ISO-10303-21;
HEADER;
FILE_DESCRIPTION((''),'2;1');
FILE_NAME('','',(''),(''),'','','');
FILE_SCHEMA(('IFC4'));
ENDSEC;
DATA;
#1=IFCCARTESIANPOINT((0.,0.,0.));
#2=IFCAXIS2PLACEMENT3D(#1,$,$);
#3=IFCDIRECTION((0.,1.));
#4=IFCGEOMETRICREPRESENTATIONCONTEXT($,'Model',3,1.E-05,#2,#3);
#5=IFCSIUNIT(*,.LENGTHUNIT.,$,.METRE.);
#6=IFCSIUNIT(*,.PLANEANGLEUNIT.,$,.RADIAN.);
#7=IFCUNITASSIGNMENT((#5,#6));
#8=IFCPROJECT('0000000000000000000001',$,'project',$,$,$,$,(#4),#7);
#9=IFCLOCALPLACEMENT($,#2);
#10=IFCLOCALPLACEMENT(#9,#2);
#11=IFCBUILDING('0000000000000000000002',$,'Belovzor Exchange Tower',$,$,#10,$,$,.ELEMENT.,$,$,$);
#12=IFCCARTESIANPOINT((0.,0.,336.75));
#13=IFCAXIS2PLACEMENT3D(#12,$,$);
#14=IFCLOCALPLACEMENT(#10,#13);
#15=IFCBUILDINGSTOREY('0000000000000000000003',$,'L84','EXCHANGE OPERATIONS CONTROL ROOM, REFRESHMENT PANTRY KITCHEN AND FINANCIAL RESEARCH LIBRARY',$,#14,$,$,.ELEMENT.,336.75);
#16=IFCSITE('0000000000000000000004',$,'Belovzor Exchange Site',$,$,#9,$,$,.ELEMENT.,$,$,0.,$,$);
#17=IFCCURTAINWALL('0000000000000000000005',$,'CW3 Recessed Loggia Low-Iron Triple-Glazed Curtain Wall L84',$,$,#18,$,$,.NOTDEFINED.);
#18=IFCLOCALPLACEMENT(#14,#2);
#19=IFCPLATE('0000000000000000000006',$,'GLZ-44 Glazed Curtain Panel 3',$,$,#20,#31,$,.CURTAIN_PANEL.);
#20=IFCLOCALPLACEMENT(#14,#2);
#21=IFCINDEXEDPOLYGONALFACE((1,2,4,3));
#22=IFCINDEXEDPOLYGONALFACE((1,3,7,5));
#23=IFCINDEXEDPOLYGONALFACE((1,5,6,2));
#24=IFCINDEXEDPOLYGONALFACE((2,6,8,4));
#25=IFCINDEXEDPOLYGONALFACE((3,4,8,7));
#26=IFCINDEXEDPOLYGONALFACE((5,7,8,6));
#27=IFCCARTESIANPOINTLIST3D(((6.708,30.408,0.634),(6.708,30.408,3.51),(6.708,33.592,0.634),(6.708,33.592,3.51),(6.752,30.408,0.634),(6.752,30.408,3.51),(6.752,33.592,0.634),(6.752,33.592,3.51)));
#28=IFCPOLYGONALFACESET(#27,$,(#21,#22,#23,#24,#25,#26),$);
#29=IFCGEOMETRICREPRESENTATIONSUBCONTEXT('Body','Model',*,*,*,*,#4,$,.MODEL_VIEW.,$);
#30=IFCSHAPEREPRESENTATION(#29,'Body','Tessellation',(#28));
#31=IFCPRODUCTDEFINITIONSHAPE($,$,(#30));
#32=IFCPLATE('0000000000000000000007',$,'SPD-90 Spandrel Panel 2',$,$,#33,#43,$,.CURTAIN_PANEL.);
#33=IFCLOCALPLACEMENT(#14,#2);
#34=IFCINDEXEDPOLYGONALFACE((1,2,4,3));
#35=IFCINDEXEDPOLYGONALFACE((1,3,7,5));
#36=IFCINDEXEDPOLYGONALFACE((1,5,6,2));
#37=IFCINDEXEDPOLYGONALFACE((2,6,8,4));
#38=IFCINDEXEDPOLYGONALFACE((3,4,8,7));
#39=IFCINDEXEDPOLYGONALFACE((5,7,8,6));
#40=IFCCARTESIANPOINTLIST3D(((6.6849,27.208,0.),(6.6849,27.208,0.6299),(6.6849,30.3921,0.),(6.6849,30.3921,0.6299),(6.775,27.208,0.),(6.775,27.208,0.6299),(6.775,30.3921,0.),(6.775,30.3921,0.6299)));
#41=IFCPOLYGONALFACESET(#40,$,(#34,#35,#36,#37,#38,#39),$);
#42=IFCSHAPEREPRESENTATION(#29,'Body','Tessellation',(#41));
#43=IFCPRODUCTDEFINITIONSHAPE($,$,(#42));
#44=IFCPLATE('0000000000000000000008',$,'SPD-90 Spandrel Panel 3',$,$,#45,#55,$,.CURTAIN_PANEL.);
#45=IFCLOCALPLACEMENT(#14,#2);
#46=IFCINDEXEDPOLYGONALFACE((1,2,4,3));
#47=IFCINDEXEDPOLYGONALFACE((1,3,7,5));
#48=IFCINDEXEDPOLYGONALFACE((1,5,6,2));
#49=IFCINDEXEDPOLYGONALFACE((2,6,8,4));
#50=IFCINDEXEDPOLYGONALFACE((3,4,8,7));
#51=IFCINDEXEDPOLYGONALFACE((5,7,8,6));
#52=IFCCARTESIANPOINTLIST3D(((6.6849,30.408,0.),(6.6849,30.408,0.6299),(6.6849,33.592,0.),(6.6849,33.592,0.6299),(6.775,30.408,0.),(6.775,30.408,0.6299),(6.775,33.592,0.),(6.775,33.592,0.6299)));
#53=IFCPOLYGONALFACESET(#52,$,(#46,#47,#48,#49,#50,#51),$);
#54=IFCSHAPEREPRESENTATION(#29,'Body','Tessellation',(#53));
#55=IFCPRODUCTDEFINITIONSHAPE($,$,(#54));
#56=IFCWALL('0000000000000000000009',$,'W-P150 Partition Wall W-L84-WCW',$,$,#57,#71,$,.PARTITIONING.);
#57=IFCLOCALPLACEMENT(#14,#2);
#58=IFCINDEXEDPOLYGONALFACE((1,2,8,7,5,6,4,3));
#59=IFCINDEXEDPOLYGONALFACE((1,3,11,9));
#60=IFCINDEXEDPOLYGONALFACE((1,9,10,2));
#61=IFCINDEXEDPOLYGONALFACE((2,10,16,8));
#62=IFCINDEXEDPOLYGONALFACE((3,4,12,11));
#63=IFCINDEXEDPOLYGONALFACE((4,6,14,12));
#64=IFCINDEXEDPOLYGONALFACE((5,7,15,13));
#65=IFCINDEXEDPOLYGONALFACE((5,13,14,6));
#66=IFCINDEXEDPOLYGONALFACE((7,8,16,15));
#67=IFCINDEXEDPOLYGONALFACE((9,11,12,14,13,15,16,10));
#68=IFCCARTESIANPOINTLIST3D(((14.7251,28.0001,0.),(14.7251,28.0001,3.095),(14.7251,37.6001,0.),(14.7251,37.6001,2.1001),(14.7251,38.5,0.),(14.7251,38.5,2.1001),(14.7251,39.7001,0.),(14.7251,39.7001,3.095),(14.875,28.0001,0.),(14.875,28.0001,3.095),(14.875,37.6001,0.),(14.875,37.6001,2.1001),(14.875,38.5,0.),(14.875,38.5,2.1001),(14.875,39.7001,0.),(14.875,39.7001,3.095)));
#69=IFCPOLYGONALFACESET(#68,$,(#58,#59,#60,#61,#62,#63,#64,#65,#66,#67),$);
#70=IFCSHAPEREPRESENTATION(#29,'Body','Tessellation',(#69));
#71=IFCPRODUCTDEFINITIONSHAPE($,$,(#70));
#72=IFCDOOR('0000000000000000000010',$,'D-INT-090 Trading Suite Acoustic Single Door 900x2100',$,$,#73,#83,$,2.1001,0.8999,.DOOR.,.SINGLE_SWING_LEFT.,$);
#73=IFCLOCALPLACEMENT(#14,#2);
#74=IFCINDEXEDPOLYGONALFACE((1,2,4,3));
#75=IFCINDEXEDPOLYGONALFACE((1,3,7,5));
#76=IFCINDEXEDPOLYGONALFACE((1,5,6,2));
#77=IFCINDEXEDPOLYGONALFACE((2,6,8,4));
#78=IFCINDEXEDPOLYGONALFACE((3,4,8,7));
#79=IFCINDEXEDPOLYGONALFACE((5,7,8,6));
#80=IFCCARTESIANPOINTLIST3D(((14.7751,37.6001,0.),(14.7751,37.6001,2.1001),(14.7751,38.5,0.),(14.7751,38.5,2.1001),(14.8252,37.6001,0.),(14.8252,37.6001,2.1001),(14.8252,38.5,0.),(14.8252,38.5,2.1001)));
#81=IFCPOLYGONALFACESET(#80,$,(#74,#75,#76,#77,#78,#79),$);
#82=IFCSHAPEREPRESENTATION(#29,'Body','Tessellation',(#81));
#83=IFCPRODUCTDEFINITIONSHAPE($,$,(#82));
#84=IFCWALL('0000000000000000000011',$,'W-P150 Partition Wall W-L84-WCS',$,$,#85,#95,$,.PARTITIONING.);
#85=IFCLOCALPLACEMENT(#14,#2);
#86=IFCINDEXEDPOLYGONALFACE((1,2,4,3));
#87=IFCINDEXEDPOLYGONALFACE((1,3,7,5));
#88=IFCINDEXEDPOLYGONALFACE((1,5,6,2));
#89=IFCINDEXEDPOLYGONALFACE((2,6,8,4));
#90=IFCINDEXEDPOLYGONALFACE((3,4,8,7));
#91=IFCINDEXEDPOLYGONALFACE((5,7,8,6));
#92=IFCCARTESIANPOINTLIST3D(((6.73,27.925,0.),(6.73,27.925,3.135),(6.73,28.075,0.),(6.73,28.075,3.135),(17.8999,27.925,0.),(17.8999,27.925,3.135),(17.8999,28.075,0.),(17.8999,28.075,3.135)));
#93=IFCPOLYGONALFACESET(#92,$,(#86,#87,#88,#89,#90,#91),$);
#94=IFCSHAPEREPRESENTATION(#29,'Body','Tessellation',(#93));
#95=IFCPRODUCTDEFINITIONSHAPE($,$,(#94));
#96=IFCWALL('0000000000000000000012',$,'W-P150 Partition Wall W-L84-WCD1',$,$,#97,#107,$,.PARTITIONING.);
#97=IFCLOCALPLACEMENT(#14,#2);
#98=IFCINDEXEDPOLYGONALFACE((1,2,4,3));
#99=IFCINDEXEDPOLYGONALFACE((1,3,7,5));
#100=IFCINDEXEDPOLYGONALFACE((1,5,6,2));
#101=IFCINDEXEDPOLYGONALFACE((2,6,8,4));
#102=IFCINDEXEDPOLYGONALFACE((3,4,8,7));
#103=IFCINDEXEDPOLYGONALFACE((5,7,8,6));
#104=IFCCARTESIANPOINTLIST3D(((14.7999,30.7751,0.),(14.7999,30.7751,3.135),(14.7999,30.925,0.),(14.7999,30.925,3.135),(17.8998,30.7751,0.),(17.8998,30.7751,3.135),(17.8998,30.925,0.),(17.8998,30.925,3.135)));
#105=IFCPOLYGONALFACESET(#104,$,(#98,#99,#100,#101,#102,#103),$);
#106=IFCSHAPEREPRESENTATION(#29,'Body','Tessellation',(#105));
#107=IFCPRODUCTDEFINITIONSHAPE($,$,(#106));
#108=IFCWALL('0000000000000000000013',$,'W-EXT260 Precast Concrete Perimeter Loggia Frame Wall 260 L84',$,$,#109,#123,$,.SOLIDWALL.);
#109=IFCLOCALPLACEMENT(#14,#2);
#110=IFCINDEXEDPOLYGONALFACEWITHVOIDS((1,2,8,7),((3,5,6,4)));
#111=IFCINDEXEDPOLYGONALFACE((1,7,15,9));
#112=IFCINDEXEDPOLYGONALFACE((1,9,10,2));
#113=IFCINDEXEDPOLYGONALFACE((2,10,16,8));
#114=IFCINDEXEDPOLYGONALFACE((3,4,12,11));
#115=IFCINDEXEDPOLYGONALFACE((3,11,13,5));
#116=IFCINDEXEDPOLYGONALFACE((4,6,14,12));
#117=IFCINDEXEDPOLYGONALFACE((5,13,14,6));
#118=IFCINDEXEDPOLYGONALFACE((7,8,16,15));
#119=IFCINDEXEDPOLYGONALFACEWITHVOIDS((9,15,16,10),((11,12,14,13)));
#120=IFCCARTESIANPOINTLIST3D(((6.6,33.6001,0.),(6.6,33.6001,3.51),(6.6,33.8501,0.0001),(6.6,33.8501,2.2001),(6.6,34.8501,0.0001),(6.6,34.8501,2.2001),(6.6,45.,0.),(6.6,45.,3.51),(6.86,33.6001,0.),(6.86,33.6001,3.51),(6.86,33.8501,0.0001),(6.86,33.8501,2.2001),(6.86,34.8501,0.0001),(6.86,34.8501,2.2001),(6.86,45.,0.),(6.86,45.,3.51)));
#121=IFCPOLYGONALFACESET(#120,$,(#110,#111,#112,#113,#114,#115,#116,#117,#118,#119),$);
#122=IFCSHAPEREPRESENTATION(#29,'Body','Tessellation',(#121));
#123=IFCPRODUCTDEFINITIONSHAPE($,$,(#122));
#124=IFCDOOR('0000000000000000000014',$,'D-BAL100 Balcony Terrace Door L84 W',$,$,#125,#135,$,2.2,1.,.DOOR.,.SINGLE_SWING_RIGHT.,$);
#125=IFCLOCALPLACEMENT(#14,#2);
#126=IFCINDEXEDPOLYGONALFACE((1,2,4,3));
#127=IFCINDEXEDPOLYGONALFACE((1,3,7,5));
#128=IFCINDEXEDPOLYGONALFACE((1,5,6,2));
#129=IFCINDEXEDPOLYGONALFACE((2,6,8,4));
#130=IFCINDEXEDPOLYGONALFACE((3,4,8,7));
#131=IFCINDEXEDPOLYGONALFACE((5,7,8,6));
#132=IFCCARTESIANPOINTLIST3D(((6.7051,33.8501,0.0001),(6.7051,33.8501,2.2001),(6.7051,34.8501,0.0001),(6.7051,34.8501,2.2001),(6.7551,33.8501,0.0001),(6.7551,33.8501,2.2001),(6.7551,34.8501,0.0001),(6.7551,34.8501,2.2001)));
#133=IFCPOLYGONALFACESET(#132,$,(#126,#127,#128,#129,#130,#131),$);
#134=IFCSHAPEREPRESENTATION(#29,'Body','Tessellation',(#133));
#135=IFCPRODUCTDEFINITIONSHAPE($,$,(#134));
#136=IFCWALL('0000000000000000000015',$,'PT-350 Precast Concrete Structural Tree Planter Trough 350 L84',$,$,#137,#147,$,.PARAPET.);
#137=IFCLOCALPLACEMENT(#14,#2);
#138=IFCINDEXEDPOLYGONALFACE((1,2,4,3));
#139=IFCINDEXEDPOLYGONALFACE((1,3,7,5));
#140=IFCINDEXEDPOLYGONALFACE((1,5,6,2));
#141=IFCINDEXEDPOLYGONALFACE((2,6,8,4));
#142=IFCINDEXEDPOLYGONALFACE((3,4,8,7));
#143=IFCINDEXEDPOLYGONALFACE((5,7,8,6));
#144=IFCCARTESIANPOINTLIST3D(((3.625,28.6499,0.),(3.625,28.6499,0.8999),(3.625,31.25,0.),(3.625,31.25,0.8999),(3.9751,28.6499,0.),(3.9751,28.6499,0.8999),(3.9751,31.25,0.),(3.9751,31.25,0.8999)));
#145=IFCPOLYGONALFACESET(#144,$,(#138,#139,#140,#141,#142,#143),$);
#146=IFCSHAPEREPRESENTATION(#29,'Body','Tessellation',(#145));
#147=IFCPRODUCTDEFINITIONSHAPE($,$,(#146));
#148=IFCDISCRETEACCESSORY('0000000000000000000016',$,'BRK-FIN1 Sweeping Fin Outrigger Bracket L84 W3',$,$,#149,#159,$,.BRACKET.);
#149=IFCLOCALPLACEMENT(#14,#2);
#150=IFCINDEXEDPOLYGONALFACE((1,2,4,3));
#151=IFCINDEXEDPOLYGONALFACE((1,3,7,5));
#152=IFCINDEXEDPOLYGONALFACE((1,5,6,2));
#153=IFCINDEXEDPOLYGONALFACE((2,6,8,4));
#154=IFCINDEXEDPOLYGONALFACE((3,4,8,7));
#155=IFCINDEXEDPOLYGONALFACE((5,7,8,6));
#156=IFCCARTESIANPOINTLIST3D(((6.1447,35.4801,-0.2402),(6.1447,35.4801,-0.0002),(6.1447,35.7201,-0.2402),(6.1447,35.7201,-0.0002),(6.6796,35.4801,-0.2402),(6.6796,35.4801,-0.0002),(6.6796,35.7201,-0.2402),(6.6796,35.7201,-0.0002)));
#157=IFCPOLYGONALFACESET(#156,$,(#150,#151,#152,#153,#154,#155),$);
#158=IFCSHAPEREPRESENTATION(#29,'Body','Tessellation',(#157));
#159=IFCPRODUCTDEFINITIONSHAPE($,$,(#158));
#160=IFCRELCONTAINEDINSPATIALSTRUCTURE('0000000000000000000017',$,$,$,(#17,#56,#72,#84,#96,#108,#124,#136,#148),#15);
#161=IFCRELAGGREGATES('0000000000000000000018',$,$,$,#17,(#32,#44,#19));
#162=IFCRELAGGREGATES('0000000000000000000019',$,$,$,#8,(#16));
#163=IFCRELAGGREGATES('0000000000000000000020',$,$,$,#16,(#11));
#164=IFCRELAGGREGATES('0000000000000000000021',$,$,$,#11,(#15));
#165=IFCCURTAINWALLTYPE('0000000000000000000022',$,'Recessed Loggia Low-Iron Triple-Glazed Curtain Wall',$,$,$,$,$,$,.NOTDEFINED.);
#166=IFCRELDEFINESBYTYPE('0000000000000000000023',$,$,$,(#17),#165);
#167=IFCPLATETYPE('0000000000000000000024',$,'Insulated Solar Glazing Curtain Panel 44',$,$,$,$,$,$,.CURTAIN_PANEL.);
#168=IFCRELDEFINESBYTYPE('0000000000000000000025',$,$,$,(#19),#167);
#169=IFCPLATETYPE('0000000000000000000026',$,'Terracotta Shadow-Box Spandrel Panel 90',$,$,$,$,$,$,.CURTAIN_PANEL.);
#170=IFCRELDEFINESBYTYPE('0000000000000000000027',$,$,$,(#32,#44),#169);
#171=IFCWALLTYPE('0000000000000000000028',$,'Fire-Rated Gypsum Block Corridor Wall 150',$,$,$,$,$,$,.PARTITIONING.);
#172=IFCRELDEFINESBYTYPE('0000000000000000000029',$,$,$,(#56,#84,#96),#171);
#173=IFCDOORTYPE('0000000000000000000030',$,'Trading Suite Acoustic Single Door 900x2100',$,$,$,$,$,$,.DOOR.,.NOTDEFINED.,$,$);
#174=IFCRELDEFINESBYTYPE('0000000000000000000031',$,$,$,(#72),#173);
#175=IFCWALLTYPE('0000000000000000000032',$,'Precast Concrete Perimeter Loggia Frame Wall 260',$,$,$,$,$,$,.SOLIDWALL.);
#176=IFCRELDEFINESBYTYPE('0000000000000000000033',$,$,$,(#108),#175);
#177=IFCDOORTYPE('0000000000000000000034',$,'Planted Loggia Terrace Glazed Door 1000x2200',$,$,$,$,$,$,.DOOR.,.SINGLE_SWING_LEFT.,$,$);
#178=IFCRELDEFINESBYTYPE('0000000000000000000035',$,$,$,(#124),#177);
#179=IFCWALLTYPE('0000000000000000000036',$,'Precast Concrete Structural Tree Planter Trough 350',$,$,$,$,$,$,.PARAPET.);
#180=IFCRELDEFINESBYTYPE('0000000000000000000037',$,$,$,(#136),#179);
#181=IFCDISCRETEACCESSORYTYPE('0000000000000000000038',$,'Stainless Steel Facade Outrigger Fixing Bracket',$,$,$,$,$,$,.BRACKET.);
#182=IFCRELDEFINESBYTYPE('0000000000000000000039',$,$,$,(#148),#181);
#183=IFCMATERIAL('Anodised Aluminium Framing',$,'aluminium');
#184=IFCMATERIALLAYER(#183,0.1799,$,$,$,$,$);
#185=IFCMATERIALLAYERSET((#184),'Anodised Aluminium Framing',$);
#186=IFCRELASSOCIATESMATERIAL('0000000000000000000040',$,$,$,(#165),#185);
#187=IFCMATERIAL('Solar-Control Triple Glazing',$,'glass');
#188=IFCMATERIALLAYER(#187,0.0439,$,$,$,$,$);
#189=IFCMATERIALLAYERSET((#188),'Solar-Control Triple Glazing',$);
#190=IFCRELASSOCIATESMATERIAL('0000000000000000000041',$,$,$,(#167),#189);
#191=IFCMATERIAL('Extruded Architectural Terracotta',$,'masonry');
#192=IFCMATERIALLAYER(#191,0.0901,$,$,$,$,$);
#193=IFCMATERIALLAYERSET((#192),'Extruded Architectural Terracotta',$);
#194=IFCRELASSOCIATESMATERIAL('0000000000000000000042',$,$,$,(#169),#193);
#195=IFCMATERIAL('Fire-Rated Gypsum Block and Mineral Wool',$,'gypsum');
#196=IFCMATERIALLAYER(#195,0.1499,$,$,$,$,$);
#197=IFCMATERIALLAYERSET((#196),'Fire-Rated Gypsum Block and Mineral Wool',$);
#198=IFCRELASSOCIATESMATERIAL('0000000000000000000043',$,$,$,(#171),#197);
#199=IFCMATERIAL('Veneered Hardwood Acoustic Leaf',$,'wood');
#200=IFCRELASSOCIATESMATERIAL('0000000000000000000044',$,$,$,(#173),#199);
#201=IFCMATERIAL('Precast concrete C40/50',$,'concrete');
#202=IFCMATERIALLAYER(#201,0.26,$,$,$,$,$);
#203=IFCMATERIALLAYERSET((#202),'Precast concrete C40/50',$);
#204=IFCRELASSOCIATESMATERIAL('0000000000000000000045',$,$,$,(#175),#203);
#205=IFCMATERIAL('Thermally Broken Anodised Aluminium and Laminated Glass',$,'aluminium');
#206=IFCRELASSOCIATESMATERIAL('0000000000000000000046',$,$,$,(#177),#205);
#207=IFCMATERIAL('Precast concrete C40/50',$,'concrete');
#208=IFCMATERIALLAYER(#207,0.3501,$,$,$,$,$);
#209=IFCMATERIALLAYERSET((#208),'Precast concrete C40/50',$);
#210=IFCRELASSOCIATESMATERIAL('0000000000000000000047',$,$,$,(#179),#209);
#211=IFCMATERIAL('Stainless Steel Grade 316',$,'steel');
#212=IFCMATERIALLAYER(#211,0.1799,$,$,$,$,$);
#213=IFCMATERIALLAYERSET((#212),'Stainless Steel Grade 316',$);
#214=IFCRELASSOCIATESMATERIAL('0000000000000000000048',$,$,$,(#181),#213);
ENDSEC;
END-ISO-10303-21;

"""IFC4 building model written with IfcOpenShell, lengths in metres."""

from ifc_helpers import new_model, si_unit, direction, frame, frame_2d, origin, origin_2d, place, context, subcontext, project, spatial, rectangle, extrude, material, layer, layer_set, type_object, element, fill, aggregate, save


model = new_model("IFC4")

# Units and contexts
model_context = context("Model", 3, precision=1e-05, world=origin(), true_north=direction((0.0, 1.0)))
body_context = subcontext(model_context, "Body", "Model", "MODEL_VIEW")
ifc_project = project(units=[si_unit("LENGTHUNIT", "METRE"), si_unit("PLANEANGLEUNIT", "RADIAN")], contexts=[model_context])

# Site, building, storey
site_placement = place(None, origin())
site = spatial("IfcSite", under=ifc_project, at=site_placement, Name="Belovzor Exchange Site", CompositionType="ELEMENT", RefElevation=0.0)
building_placement = place(site_placement, origin())
building = spatial("IfcBuilding", under=site, at=building_placement, Name="Belovzor Exchange Tower", CompositionType="ELEMENT")
storey_placement = place(building_placement, frame((0.0, 0.0, 336.75)))
storey = spatial("IfcBuildingStorey", under=building, at=storey_placement, Name="L84", Description="EXCHANGE OPERATIONS CONTROL ROOM, REFRESHMENT PANTRY KITCHEN AND FINANCIAL RESEARCH LIBRARY", CompositionType="ELEMENT", Elevation=336.75)

# Curtain wall
ifc_material_1 = material(Name="Anodised Aluminium Framing", Category="aluminium")
ifc_layer_1 = layer(ifc_material_1, 0.1799)
ifc_layer_set_1 = layer_set([ifc_layer_1], Name="Anodised Aluminium Framing")
curtain_wall_type = type_object("IfcCurtainWallType", Name="Recessed Loggia Low-Iron Triple-Glazed Curtain Wall", PredefinedType="NOTDEFINED", material=ifc_layer_set_1)
curtain_wall_placement = place(storey_placement, origin())
curtain_wall = element("IfcCurtainWall", 1, at=curtain_wall_placement, inside=storey, type_object=curtain_wall_type, Name="CW3 Recessed Loggia Low-Iron Triple-Glazed Curtain Wall L84", PredefinedType="NOTDEFINED")

# Plates
ifc_material_2 = material(Name="Solar-Control Triple Glazing", Category="glass")
ifc_layer_2 = layer(ifc_material_2, 0.0439)
ifc_layer_set_2 = layer_set([ifc_layer_2], Name="Solar-Control Triple Glazing")
plate_type_1 = type_object("IfcPlateType", Name="Insulated Solar Glazing Curtain Panel 44", PredefinedType="CURTAIN_PANEL", material=ifc_layer_set_2)
plate_1_placement = place(storey_placement, frame((6.73, 32.0, 0.634), z_axis=(0.0, 0.0, 1.0), x_axis=(0.0, 1.0, 0.0)))
plate_1 = element("IfcPlate", 2, at=plate_1_placement, type_object=plate_type_1, Name="GLZ-44 Glazed Curtain Panel 3", PredefinedType="CURTAIN_PANEL", context=body_context, shape_type="SweptSolid", body=[
    extrude(rectangle(XDim=3.1841, YDim=0.0439, at=origin_2d()), origin(), (0.0, 0.0, 1.0), 2.876),
])
ifc_material_3 = material(Name="Extruded Architectural Terracotta", Category="masonry")
ifc_layer_3 = layer(ifc_material_3, 0.0901)
ifc_layer_set_3 = layer_set([ifc_layer_3], Name="Extruded Architectural Terracotta")
plate_type_2 = type_object("IfcPlateType", Name="Terracotta Shadow-Box Spandrel Panel 90", PredefinedType="CURTAIN_PANEL", material=ifc_layer_set_3)
plate_2_placement = place(storey_placement, frame((6.73, 28.8, 0.0), z_axis=(0.0, 0.0, 1.0), x_axis=(0.0, 1.0, 0.0)))
plate_2 = element("IfcPlate", 3, at=plate_2_placement, type_object=plate_type_2, Name="SPD-90 Spandrel Panel 2", PredefinedType="CURTAIN_PANEL", context=body_context, shape_type="SweptSolid", body=[
    extrude(rectangle(XDim=3.1841, YDim=0.0901, at=origin_2d()), origin(), (0.0, 0.0, 1.0), 0.6299),
])
plate_3_placement = place(storey_placement, frame((6.73, 32.0, 0.0), z_axis=(0.0, 0.0, 1.0), x_axis=(0.0, 1.0, 0.0)))
plate_3 = element("IfcPlate", 4, at=plate_3_placement, type_object=plate_type_2, Name="SPD-90 Spandrel Panel 3", PredefinedType="CURTAIN_PANEL", context=body_context, shape_type="SweptSolid", body=[
    extrude(rectangle(XDim=3.1841, YDim=0.0901, at=origin_2d()), origin(), (0.0, 0.0, 1.0), 0.6299),
])
aggregate(curtain_wall, [plate_2, plate_3, plate_1])

# Wall, opening, door
ifc_material_4 = material(Name="Fire-Rated Gypsum Block and Mineral Wool", Category="gypsum")
ifc_layer_4 = layer(ifc_material_4, 0.1499)
ifc_layer_set_4 = layer_set([ifc_layer_4], Name="Fire-Rated Gypsum Block and Mineral Wool")
wall_type_1 = type_object("IfcWallType", Name="Fire-Rated Gypsum Block Corridor Wall 150", PredefinedType="PARTITIONING", material=ifc_layer_set_4)
wall_1_placement = place(storey_placement, frame((14.8, 28.0, 0.0), z_axis=(0.0, 0.0, 1.0), x_axis=(0.0, 1.0, 0.0)))
wall_1 = element("IfcWall", 5, at=wall_1_placement, inside=storey, type_object=wall_type_1, Name="W-P150 Partition Wall W-L84-WCW", PredefinedType="PARTITIONING", context=body_context, shape_type="SweptSolid", body=[
    extrude(rectangle(XDim=11.7, YDim=0.1499, at=frame_2d((5.8501, 0.0))), origin(), (0.0, 0.0, 1.0), 3.095),
])
opening_1_placement = place(wall_1_placement, frame((9.6001, 0.0, 0.0)))
opening_1 = element("IfcOpeningElement", 6, at=opening_1_placement, cuts=wall_1, PredefinedType="OPENING", context=body_context, shape_type="SweptSolid", body=[
    extrude(rectangle(XDim=0.8999, YDim=2.1001, at=frame_2d((0.45, 1.05))), frame((0.0, 0.085, 0.0), z_axis=(0.0, -1.0, 0.0), x_axis=(1.0, 0.0, 0.0)), (0.0, 0.0, 1.0), 0.1699),
])
ifc_material_5 = material(Name="Veneered Hardwood Acoustic Leaf", Category="wood")
door_type_1 = type_object("IfcDoorType", Name="Trading Suite Acoustic Single Door 900x2100", OperationType="NOTDEFINED", PredefinedType="DOOR", material=ifc_material_5)
door_1_placement = place(opening_1_placement, origin())
door_1 = element("IfcDoor", 7, at=door_1_placement, inside=storey, type_object=door_type_1, Name="D-INT-090 Trading Suite Acoustic Single Door 900x2100", OperationType="SINGLE_SWING_LEFT", OverallHeight=2.1001, OverallWidth=0.8999, PredefinedType="DOOR", context=body_context, shape_type="SweptSolid", body=[
    extrude(rectangle(XDim=0.8999, YDim=2.1001, at=frame_2d((0.45, 1.05))), frame((0.0, 0.0249, 0.0), z_axis=(0.0, -1.0, 0.0), x_axis=(1.0, 0.0, 0.0)), (0.0, 0.0, 1.0), 0.05),
])
fill(opening_1, door_1)

# Walls
wall_2_placement = place(storey_placement, frame((6.73, 28.0, 0.0), z_axis=(0.0, 0.0, 1.0), x_axis=(1.0, 0.0, 0.0)))
element("IfcWall", 8, at=wall_2_placement, inside=storey, type_object=wall_type_1, Name="W-P150 Partition Wall W-L84-WCS", PredefinedType="PARTITIONING", context=body_context, shape_type="SweptSolid", body=[
    extrude(rectangle(XDim=11.1699, YDim=0.1499, at=frame_2d((5.585, 0.0))), origin(), (0.0, 0.0, 1.0), 3.135),
])
wall_3_placement = place(storey_placement, frame((14.8, 30.8501, 0.0), z_axis=(0.0, 0.0, 1.0), x_axis=(1.0, 0.0, 0.0)))
element("IfcWall", 9, at=wall_3_placement, inside=storey, type_object=wall_type_1, Name="W-P150 Partition Wall W-L84-WCD1", PredefinedType="PARTITIONING", context=body_context, shape_type="SweptSolid", body=[
    extrude(rectangle(XDim=3.0999, YDim=0.1499, at=frame_2d((1.5498, 0.0))), origin(), (0.0, 0.0, 1.0), 3.135),
])

# Wall, opening, door
ifc_material_6 = material(Name="Precast concrete C40/50", Category="concrete")
ifc_layer_5 = layer(ifc_material_6, 0.26)
ifc_layer_set_5 = layer_set([ifc_layer_5], Name="Precast concrete C40/50")
wall_type_2 = type_object("IfcWallType", Name="Precast Concrete Perimeter Loggia Frame Wall 260", PredefinedType="SOLIDWALL", material=ifc_layer_set_5)
wall_4_placement = place(storey_placement, frame((6.73, 33.6001, 0.0), z_axis=(0.0, 0.0, 1.0), x_axis=(0.0, 1.0, 0.0)))
wall_4 = element("IfcWall", 10, at=wall_4_placement, inside=storey, type_object=wall_type_2, Name="W-EXT260 Precast Concrete Perimeter Loggia Frame Wall 260 L84", PredefinedType="SOLIDWALL", context=body_context, shape_type="SweptSolid", body=[
    extrude(rectangle(XDim=11.3999, YDim=0.26, at=frame_2d((5.7, 0.0))), origin(), (0.0, 0.0, 1.0), 3.51),
])
opening_2_placement = place(wall_4_placement, frame((0.25, 0.0, 0.0)))
opening_2 = element("IfcOpeningElement", 11, at=opening_2_placement, cuts=wall_4, PredefinedType="OPENING", context=body_context, shape_type="SweptSolid", body=[
    extrude(rectangle(XDim=1.0, YDim=2.2, at=frame_2d((0.5, 1.1001))), frame((0.0, 0.1399, 0.0), z_axis=(0.0, -1.0, 0.0), x_axis=(1.0, 0.0, 0.0)), (0.0, 0.0, 1.0), 0.28),
])
ifc_material_7 = material(Name="Thermally Broken Anodised Aluminium and Laminated Glass", Category="aluminium")
door_type_2 = type_object("IfcDoorType", Name="Planted Loggia Terrace Glazed Door 1000x2200", OperationType="SINGLE_SWING_LEFT", PredefinedType="DOOR", material=ifc_material_7)
door_2_placement = place(opening_2_placement, origin())
door_2 = element("IfcDoor", 12, at=door_2_placement, inside=storey, type_object=door_type_2, Name="D-BAL100 Balcony Terrace Door L84 W", OperationType="SINGLE_SWING_RIGHT", OverallHeight=2.2, OverallWidth=1.0, PredefinedType="DOOR", context=body_context, shape_type="SweptSolid", body=[
    extrude(rectangle(XDim=1.0, YDim=2.2, at=frame_2d((0.5, 1.1001))), frame((0.0, 0.0249, 0.0), z_axis=(0.0, -1.0, 0.0), x_axis=(1.0, 0.0, 0.0)), (0.0, 0.0, 1.0), 0.05),
])
fill(opening_2, door_2)

# Wall
ifc_material_8 = material(Name="Precast concrete C40/50", Category="concrete")
ifc_layer_6 = layer(ifc_material_8, 0.3501)
ifc_layer_set_6 = layer_set([ifc_layer_6], Name="Precast concrete C40/50")
wall_type_3 = type_object("IfcWallType", Name="Precast Concrete Structural Tree Planter Trough 350", PredefinedType="PARAPET", material=ifc_layer_set_6)
wall_5_placement = place(storey_placement, frame((3.8, 28.6499, 0.0), z_axis=(0.0, 0.0, 1.0), x_axis=(0.0, 1.0, 0.0)))
element("IfcWall", 13, at=wall_5_placement, inside=storey, type_object=wall_type_3, Name="PT-350 Precast Concrete Structural Tree Planter Trough 350 L84", PredefinedType="PARAPET", context=body_context, shape_type="SweptSolid", body=[
    extrude(rectangle(XDim=2.6001, YDim=0.3501, at=frame_2d((1.3, 0.0))), origin(), (0.0, 0.0, 1.0), 0.8999),
])

# Discrete accessory
ifc_material_9 = material(Name="Stainless Steel Grade 316", Category="steel")
ifc_layer_7 = layer(ifc_material_9, 0.1799)
ifc_layer_set_7 = layer_set([ifc_layer_7], Name="Stainless Steel Grade 316")
discrete_accessory_type = type_object("IfcDiscreteAccessoryType", Name="Stainless Steel Facade Outrigger Fixing Bracket", PredefinedType="BRACKET", material=ifc_layer_set_7)
discrete_accessory_placement = place(storey_placement, frame((6.4121, 35.6001, -0.2402), z_axis=(0.0, 0.0, 1.0), x_axis=(1.0, 0.0, 0.0)))
element("IfcDiscreteAccessory", 14, at=discrete_accessory_placement, inside=storey, type_object=discrete_accessory_type, Name="BRK-FIN1 Sweeping Fin Outrigger Bracket L84 W3", PredefinedType="BRACKET", context=body_context, shape_type="SweptSolid", body=[
    extrude(rectangle(XDim=0.5349, YDim=0.24, at=origin_2d()), origin(), (0.0, 0.0, 1.0), 0.24),
])

save(model, "model.ifc")
